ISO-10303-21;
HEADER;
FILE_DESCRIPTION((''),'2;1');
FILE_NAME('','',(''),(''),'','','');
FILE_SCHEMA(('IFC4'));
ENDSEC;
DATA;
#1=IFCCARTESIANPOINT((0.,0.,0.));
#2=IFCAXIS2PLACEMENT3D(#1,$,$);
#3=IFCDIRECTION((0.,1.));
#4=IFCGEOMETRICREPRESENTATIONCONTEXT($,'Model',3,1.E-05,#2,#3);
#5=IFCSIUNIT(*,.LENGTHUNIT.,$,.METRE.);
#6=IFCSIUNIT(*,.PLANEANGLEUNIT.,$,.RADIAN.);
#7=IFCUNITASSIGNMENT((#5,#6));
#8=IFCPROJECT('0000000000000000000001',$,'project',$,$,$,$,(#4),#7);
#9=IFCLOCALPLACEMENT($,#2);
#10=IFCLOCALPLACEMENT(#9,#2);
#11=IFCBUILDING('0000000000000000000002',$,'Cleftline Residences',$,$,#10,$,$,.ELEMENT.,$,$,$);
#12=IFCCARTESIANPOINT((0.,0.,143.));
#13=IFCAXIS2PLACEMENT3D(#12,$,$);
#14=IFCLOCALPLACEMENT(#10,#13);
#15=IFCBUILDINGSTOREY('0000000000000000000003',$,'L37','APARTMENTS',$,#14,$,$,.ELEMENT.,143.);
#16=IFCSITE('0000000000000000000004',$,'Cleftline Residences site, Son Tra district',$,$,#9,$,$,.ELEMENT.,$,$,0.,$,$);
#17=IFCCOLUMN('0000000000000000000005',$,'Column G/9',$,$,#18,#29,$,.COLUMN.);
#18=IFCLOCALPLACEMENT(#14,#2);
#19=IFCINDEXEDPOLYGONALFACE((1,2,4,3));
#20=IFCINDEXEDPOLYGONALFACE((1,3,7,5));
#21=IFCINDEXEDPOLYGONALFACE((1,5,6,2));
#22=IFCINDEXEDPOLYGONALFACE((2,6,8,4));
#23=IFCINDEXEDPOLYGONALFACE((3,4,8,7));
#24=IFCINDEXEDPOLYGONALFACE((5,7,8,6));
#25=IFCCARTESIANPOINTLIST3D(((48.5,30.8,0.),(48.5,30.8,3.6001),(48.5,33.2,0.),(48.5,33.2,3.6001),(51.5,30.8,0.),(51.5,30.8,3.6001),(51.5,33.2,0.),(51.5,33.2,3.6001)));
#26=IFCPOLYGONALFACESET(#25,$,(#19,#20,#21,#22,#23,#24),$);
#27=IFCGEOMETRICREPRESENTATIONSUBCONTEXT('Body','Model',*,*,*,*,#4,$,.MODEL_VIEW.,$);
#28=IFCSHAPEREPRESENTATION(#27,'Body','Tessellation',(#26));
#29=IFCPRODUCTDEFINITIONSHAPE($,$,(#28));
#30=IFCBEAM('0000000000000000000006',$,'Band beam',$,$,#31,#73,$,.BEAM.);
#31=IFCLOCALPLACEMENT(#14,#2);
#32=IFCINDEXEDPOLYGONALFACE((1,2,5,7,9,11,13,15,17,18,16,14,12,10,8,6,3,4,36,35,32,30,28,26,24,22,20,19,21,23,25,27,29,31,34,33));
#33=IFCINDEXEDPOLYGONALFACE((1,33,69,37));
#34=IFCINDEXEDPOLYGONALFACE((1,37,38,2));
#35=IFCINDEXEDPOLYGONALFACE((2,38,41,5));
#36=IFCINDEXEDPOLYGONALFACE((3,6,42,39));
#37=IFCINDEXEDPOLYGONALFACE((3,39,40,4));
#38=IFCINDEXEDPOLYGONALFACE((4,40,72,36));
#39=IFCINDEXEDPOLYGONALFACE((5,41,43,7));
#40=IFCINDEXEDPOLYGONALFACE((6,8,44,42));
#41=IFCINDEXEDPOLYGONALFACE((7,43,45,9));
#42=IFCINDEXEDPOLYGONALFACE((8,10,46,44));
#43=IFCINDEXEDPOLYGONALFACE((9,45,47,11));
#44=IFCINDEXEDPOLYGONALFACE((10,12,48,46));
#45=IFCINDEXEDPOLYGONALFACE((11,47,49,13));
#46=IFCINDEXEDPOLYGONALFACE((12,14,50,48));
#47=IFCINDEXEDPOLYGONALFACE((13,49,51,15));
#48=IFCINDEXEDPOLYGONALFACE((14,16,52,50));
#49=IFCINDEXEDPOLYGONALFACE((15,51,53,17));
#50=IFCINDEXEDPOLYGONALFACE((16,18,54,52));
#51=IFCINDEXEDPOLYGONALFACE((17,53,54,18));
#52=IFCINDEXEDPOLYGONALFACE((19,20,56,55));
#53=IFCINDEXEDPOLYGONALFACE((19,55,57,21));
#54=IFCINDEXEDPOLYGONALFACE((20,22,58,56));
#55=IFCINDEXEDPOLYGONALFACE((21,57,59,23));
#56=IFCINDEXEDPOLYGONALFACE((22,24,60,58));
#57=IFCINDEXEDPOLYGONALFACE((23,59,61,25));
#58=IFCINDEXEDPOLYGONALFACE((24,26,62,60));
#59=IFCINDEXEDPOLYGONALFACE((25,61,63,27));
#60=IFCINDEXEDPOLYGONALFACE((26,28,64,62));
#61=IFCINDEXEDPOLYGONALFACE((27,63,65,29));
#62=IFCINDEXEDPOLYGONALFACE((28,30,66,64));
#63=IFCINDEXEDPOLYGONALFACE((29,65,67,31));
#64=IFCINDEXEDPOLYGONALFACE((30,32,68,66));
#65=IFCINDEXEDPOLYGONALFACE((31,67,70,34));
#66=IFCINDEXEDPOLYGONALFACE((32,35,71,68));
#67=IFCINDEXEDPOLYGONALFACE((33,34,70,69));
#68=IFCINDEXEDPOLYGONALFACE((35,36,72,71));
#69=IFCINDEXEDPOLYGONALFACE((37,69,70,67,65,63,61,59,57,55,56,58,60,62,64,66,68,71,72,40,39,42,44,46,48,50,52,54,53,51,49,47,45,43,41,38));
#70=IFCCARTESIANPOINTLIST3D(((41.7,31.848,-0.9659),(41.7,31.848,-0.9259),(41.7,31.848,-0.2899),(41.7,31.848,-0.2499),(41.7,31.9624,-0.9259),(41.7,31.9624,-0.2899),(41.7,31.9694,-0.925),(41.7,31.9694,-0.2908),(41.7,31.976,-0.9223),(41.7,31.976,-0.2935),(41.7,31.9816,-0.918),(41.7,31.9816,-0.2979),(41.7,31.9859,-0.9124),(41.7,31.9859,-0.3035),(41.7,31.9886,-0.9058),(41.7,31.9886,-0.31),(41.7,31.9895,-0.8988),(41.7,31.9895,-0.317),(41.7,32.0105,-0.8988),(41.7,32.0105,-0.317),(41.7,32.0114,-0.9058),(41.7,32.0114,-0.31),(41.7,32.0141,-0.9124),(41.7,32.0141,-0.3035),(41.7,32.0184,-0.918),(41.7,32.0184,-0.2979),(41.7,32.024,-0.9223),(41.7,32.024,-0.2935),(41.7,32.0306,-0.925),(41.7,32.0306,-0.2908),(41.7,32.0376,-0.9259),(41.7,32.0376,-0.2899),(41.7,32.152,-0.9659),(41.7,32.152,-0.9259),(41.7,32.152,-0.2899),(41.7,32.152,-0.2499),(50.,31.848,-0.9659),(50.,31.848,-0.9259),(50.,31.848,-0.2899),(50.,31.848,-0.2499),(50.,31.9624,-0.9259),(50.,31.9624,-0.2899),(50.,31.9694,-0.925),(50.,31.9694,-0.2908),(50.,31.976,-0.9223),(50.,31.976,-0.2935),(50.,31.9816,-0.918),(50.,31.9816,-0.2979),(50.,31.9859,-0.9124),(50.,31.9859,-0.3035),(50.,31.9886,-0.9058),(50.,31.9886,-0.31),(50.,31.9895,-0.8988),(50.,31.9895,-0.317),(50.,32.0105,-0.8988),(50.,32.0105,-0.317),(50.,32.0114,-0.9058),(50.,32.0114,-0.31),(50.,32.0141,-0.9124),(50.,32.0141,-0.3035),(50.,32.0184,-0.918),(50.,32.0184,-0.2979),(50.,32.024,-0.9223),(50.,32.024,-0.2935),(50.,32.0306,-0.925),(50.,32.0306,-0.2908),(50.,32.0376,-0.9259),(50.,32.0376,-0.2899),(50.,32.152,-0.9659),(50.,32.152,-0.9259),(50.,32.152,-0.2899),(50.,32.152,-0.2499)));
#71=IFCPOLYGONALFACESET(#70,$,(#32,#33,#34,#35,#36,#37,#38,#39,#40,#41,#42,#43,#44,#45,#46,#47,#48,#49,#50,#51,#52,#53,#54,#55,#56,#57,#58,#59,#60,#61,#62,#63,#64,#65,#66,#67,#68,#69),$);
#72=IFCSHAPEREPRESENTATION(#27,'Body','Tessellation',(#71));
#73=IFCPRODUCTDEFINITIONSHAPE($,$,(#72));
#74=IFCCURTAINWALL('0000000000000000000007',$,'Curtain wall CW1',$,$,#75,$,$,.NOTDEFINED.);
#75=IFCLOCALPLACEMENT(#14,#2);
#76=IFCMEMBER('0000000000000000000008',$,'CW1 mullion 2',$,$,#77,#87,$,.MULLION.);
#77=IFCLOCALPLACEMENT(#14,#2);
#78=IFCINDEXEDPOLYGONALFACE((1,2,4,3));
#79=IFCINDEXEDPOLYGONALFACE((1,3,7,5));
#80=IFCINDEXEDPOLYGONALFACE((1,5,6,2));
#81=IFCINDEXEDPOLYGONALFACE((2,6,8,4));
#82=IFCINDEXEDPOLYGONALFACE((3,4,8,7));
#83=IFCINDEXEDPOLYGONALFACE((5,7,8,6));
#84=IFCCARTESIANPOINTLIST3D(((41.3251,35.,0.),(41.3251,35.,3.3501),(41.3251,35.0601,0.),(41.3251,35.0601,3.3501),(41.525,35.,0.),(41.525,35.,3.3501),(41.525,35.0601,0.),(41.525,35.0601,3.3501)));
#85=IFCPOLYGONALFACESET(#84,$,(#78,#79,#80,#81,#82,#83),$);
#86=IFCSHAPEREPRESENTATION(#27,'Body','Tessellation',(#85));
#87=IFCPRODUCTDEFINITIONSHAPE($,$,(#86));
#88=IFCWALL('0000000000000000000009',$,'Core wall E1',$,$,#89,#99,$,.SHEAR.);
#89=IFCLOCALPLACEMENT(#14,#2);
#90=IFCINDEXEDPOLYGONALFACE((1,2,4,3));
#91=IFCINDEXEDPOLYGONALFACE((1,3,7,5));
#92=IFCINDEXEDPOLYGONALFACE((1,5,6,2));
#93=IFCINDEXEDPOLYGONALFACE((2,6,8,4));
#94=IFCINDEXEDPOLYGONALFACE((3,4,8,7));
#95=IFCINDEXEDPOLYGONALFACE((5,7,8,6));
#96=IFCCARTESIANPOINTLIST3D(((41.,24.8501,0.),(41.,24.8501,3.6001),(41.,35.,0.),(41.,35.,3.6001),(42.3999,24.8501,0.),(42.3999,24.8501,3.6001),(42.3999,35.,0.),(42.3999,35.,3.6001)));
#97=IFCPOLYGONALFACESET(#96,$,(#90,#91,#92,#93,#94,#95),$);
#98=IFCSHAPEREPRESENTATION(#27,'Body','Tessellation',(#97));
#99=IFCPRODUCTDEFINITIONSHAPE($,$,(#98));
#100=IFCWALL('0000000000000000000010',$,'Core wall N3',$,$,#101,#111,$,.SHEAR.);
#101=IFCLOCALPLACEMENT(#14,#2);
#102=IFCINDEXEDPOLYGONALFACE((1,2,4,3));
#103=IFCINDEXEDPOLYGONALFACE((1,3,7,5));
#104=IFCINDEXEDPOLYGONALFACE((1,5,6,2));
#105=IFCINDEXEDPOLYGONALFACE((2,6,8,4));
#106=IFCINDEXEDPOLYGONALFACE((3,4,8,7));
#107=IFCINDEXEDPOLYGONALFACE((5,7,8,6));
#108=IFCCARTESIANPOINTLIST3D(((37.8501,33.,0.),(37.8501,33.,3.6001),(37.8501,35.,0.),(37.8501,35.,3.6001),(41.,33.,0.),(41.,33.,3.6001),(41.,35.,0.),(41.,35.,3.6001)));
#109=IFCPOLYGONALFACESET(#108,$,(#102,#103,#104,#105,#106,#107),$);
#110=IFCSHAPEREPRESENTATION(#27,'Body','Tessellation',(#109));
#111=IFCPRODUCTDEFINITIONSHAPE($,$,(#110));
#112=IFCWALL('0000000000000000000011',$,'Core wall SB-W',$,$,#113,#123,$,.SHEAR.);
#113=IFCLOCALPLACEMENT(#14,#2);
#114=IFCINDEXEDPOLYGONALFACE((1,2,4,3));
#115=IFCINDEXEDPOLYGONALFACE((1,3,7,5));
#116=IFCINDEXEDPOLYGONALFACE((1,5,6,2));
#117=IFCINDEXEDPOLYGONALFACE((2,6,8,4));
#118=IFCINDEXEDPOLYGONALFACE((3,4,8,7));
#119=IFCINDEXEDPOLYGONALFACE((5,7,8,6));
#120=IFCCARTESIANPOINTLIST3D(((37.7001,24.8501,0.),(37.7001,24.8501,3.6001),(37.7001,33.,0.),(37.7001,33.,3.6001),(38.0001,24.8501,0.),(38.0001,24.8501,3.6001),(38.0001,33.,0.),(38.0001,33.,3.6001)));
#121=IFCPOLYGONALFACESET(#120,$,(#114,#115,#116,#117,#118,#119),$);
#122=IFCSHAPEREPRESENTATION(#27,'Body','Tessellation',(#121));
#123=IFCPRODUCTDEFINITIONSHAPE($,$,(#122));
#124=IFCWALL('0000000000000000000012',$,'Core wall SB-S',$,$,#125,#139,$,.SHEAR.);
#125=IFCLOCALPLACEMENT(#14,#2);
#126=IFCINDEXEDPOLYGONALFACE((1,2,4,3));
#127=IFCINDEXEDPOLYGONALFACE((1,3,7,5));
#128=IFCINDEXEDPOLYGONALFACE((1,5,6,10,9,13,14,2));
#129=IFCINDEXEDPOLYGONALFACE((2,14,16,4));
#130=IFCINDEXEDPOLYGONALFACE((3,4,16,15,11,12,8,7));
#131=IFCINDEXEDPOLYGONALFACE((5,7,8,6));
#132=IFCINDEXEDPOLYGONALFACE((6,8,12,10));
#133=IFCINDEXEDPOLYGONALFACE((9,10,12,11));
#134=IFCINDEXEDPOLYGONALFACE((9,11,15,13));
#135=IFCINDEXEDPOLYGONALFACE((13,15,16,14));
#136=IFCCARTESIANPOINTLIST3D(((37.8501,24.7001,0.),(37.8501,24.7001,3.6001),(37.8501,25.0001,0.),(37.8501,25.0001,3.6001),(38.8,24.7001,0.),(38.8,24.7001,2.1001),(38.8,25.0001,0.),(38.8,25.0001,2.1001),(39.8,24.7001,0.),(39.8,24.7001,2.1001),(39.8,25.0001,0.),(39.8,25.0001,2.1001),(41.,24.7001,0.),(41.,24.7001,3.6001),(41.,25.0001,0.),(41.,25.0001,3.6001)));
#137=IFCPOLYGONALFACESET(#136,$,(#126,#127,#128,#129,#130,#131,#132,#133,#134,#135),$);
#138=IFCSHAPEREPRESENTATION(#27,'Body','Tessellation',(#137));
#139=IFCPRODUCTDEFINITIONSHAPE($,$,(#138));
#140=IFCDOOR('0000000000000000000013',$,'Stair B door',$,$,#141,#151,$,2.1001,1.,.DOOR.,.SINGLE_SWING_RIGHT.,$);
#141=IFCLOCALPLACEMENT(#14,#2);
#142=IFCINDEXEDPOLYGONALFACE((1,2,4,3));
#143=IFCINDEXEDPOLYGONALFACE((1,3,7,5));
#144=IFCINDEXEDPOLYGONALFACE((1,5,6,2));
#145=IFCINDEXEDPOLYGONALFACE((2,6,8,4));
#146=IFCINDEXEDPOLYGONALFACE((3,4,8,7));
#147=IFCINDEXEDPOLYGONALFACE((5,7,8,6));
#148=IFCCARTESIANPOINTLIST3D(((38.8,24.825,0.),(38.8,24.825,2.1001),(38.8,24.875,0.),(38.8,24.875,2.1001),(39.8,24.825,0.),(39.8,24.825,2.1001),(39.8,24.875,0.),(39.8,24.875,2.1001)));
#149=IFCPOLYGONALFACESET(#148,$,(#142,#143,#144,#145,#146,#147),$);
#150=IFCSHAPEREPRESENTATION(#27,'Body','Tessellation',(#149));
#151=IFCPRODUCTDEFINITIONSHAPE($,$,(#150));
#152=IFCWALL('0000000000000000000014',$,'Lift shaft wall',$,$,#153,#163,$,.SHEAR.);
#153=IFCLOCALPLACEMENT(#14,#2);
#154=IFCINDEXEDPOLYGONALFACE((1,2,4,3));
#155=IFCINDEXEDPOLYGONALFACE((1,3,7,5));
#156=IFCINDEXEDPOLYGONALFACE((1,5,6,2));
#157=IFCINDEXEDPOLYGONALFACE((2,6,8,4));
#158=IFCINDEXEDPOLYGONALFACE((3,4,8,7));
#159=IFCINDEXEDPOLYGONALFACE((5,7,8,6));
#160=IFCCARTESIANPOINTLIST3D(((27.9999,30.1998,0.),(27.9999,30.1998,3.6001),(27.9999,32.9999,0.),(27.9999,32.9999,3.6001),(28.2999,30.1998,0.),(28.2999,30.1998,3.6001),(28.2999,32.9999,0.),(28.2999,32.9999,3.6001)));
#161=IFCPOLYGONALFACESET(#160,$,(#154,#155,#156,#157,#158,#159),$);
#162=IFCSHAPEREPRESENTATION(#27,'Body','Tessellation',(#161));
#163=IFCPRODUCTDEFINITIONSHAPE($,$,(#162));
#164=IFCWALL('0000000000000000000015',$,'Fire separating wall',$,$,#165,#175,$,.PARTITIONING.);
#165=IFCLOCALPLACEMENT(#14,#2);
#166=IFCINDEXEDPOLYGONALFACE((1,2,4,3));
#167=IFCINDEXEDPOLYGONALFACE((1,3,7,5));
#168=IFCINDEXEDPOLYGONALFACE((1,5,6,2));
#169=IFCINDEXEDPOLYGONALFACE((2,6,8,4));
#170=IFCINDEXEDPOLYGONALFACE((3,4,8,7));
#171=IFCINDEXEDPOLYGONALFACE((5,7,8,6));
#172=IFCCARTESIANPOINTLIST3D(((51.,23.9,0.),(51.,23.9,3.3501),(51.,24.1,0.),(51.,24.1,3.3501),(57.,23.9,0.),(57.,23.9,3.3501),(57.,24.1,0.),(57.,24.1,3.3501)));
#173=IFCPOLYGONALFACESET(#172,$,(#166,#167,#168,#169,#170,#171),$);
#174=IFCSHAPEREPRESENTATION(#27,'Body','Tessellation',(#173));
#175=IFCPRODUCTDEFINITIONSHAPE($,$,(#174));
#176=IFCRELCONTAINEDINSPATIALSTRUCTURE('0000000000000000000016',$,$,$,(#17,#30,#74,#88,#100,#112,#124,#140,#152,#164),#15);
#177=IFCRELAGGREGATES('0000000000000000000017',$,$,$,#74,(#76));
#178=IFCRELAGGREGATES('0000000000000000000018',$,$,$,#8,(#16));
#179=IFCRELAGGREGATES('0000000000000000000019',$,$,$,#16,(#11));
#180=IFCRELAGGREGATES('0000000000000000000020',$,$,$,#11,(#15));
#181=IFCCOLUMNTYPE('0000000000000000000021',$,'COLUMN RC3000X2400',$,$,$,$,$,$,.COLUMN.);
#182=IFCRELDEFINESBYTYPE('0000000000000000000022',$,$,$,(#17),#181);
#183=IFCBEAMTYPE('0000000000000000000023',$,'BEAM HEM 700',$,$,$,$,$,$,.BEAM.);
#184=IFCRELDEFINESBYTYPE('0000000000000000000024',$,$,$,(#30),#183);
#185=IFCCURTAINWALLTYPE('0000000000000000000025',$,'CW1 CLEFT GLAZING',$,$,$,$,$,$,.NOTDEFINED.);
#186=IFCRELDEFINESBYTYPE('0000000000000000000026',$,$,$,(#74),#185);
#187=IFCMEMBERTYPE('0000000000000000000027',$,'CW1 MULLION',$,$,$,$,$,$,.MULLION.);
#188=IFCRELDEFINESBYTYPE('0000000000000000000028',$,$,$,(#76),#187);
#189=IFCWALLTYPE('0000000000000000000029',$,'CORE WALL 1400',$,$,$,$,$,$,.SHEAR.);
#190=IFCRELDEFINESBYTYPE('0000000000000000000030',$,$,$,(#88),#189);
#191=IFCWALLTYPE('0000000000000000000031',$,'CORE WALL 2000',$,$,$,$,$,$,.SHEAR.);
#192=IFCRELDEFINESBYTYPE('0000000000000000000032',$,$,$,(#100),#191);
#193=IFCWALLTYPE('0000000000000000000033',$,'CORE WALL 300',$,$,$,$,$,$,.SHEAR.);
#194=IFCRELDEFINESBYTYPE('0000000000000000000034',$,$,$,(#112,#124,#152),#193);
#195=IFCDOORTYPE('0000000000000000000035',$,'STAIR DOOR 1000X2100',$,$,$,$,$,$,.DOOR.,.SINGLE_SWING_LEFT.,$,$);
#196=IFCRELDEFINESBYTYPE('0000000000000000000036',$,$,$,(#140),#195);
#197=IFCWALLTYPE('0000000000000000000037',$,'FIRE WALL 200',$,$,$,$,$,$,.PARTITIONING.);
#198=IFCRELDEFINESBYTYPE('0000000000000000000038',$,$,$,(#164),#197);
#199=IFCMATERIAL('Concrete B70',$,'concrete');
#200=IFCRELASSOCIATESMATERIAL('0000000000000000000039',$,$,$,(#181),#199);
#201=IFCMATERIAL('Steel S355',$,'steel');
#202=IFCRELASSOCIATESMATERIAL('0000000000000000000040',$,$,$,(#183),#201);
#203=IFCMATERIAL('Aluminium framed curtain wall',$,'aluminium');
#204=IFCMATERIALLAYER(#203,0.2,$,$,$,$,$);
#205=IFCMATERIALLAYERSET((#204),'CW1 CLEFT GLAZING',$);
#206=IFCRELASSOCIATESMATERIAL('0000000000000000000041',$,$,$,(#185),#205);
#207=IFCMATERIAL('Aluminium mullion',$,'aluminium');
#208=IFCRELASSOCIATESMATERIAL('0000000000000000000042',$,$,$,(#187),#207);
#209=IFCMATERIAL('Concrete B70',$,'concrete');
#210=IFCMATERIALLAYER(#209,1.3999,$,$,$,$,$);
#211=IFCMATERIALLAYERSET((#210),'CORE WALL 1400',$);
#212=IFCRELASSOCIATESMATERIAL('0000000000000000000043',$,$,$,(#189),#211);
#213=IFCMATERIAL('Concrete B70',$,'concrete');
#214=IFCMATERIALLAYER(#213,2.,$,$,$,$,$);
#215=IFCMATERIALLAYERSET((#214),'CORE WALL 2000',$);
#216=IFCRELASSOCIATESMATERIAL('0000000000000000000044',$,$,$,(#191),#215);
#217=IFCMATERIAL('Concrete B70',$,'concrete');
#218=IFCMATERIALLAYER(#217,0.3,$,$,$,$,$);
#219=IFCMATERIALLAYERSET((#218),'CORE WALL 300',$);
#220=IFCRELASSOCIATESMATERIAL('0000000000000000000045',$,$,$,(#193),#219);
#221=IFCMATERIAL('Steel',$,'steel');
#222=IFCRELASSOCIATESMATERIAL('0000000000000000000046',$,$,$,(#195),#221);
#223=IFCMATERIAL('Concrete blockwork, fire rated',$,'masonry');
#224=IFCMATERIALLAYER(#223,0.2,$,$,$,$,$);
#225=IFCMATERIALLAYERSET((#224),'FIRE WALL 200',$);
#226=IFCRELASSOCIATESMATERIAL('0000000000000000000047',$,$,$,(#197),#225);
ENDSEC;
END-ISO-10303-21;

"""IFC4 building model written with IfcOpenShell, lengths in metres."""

from ifc_helpers import new_model, si_unit, direction, frame, frame_2d, origin, origin_2d, place, context, subcontext, project, spatial, rectangle, i_section, extrude, material, layer, layer_set, material_profile, profile_set, type_object, element, fill, aggregate, save


model = new_model("IFC4")

# Units and contexts
model_context = context("Model", 3, precision=1e-05, world=origin(), true_north=direction((0.0, 1.0)))
body_context = subcontext(model_context, "Body", "Model", "MODEL_VIEW")
ifc_project = project(units=[si_unit("LENGTHUNIT", "METRE"), si_unit("PLANEANGLEUNIT", "RADIAN")], contexts=[model_context])

# Site, building, storey
site_placement = place(None, origin())
site = spatial("IfcSite", under=ifc_project, at=site_placement, Name="Cleftline Residences site, Son Tra district", CompositionType="ELEMENT", RefElevation=0.0)
building_placement = place(site_placement, origin())
building = spatial("IfcBuilding", under=site, at=building_placement, Name="Cleftline Residences", CompositionType="ELEMENT")
storey_placement = place(building_placement, frame((0.0, 0.0, 143.0)))
storey = spatial("IfcBuildingStorey", under=building, at=storey_placement, Name="L37", Description="APARTMENTS", CompositionType="ELEMENT", Elevation=143.0)

# Column
ifc_material_1 = material(Name="Concrete B70", Category="concrete")
ifc_material_profile_1 = material_profile(ifc_material_1, rectangle(XDim=3.0, YDim=2.3999, at=origin_2d()))
ifc_profile_set_1 = profile_set([ifc_material_profile_1], Name="Concrete B70")
column_type = type_object("IfcColumnType", Name="COLUMN RC3000X2400", PredefinedType="COLUMN", material=ifc_profile_set_1)
column_placement = place(storey_placement, frame((50.0, 32.0, 0.0), z_axis=(0.0, 0.0, 1.0), x_axis=(1.0, 0.0, 0.0)))
element("IfcColumn", 1, at=column_placement, inside=storey, type_object=column_type, Name="Column G/9", PredefinedType="COLUMN", context=body_context, shape_type="SweptSolid", body=[
    extrude(rectangle(XDim=3.0, YDim=2.3999, at=origin_2d()), origin(), (0.0, 0.0, 1.0), 3.6001),
])

# Beam
ifc_material_2 = material(Name="Steel S355", Category="steel")
ifc_material_profile_2 = material_profile(ifc_material_2, i_section(OverallWidth=0.304, OverallDepth=0.7161, WebThickness=0.021, FlangeThickness=0.04, FilletRadius=0.0271, at=origin_2d()))
ifc_profile_set_2 = profile_set([ifc_material_profile_2], Name="Steel S355")
beam_type = type_object("IfcBeamType", Name="BEAM HEM 700", PredefinedType="BEAM", material=ifc_profile_set_2)
beam_placement = place(storey_placement, frame((50.0, 32.0, -0.6079), z_axis=(-1.0, 0.0, 0.0), x_axis=(0.0, -1.0, 0.0)))
element("IfcBeam", 2, at=beam_placement, inside=storey, type_object=beam_type, Name="Band beam", PredefinedType="BEAM", context=body_context, shape_type="SweptSolid", body=[
    extrude(i_section(OverallWidth=0.304, OverallDepth=0.7161, WebThickness=0.021, FlangeThickness=0.04, FilletRadius=0.0271, at=origin_2d()), origin(), (0.0, 0.0, 1.0), 8.3),
])

# Curtain wall, member
ifc_material_3 = material(Name="Aluminium framed curtain wall", Category="aluminium")
ifc_layer_1 = layer(ifc_material_3, 0.2)
ifc_layer_set_1 = layer_set([ifc_layer_1], Name="CW1 CLEFT GLAZING")
curtain_wall_type = type_object("IfcCurtainWallType", Name="CW1 CLEFT GLAZING", PredefinedType="NOTDEFINED", material=ifc_layer_set_1)
curtain_wall_placement = place(storey_placement, origin())
curtain_wall = element("IfcCurtainWall", 3, at=curtain_wall_placement, inside=storey, type_object=curtain_wall_type, Name="Curtain wall CW1", PredefinedType="NOTDEFINED")
ifc_material_4 = material(Name="Aluminium mullion", Category="aluminium")
ifc_material_profile_3 = material_profile(ifc_material_4, rectangle(XDim=0.2, YDim=0.0601, at=origin_2d()))
ifc_profile_set_3 = profile_set([ifc_material_profile_3], Name="Aluminium mullion")
member_type = type_object("IfcMemberType", Name="CW1 MULLION", PredefinedType="MULLION", material=ifc_profile_set_3)
member_placement = place(storey_placement, frame((41.425, 35.03, 0.0), z_axis=(0.0, 0.0, 1.0), x_axis=(1.0, 0.0, 0.0)))
member = element("IfcMember", 4, at=member_placement, type_object=member_type, Name="CW1 mullion 2", PredefinedType="MULLION", context=body_context, shape_type="SweptSolid", body=[
    extrude(rectangle(XDim=0.2, YDim=0.0601, at=origin_2d()), origin(), (0.0, 0.0, 1.0), 3.3501),
])
aggregate(curtain_wall, [member])

# Walls
ifc_material_5 = material(Name="Concrete B70", Category="concrete")
ifc_layer_2 = layer(ifc_material_5, 1.3999)
ifc_layer_set_2 = layer_set([ifc_layer_2], Name="CORE WALL 1400")
wall_type_1 = type_object("IfcWallType", Name="CORE WALL 1400", PredefinedType="SHEAR", material=ifc_layer_set_2)
wall_1_placement = place(storey_placement, frame((41.7, 24.8501, 0.0), z_axis=(0.0, 0.0, 1.0), x_axis=(0.0, 1.0, 0.0)))
element("IfcWall", 5, at=wall_1_placement, inside=storey, type_object=wall_type_1, Name="Core wall E1", PredefinedType="SHEAR", context=body_context, shape_type="SweptSolid", body=[
    extrude(rectangle(XDim=10.1499, YDim=1.3999, at=frame_2d((5.075, 0.0))), origin(), (0.0, 0.0, 1.0), 3.6001),
])
ifc_material_6 = material(Name="Concrete B70", Category="concrete")
ifc_layer_3 = layer(ifc_material_6, 2.0)
ifc_layer_set_3 = layer_set([ifc_layer_3], Name="CORE WALL 2000")
wall_type_2 = type_object("IfcWallType", Name="CORE WALL 2000", PredefinedType="SHEAR", material=ifc_layer_set_3)
wall_2_placement = place(storey_placement, frame((37.8501, 34.0, 0.0), z_axis=(0.0, 0.0, 1.0), x_axis=(1.0, 0.0, 0.0)))
element("IfcWall", 6, at=wall_2_placement, inside=storey, type_object=wall_type_2, Name="Core wall N3", PredefinedType="SHEAR", context=body_context, shape_type="SweptSolid", body=[
    extrude(rectangle(XDim=3.1499, YDim=2.0, at=frame_2d((1.575, 0.0))), origin(), (0.0, 0.0, 1.0), 3.6001),
])
ifc_material_7 = material(Name="Concrete B70", Category="concrete")
ifc_layer_4 = layer(ifc_material_7, 0.3)
ifc_layer_set_4 = layer_set([ifc_layer_4], Name="CORE WALL 300")
wall_type_3 = type_object("IfcWallType", Name="CORE WALL 300", PredefinedType="SHEAR", material=ifc_layer_set_4)
wall_3_placement = place(storey_placement, frame((37.8501, 24.8501, 0.0), z_axis=(0.0, 0.0, 1.0), x_axis=(0.0, 1.0, 0.0)))
element("IfcWall", 7, at=wall_3_placement, inside=storey, type_object=wall_type_3, Name="Core wall SB-W", PredefinedType="SHEAR", context=body_context, shape_type="SweptSolid", body=[
    extrude(rectangle(XDim=8.1499, YDim=0.3, at=frame_2d((4.075, 0.0))), origin(), (0.0, 0.0, 1.0), 3.6001),
])

# Wall, opening, door
wall_4_placement = place(storey_placement, frame((37.8501, 24.8501, 0.0), z_axis=(0.0, 0.0, 1.0), x_axis=(1.0, 0.0, 0.0)))
wall_4 = element("IfcWall", 8, at=wall_4_placement, inside=storey, type_object=wall_type_3, Name="Core wall SB-S", PredefinedType="SHEAR", context=body_context, shape_type="SweptSolid", body=[
    extrude(rectangle(XDim=3.1499, YDim=0.3, at=frame_2d((1.575, 0.0))), origin(), (0.0, 0.0, 1.0), 3.6001),
])
opening_1_placement = place(wall_4_placement, frame((0.95, 0.0, 0.0)))
opening_1 = element("IfcOpeningElement", 9, at=opening_1_placement, cuts=wall_4, PredefinedType="OPENING", context=body_context, shape_type="SweptSolid", body=[
    extrude(rectangle(XDim=1.0, YDim=2.1001, at=frame_2d((0.5, 1.05))), frame((0.0, 0.1599, 0.0), z_axis=(0.0, -1.0, 0.0), x_axis=(1.0, 0.0, 0.0)), (0.0, 0.0, 1.0), 0.3201),
])
ifc_material_8 = material(Name="Steel", Category="steel")
door_type_1 = type_object("IfcDoorType", Name="STAIR DOOR 1000X2100", OperationType="SINGLE_SWING_LEFT", PredefinedType="DOOR", material=ifc_material_8)
door_1_placement = place(opening_1_placement, origin())
door_1 = element("IfcDoor", 10, at=door_1_placement, inside=storey, type_object=door_type_1, Name="Stair B door", OperationType="SINGLE_SWING_RIGHT", OverallHeight=2.1001, OverallWidth=1.0, PredefinedType="DOOR", context=body_context, shape_type="SweptSolid", body=[
    extrude(rectangle(XDim=1.0, YDim=2.1001, at=frame_2d((0.5, 1.05))), frame((0.0, 0.0249, 0.0), z_axis=(0.0, -1.0, 0.0), x_axis=(1.0, 0.0, 0.0)), (0.0, 0.0, 1.0), 0.05),
])
fill(opening_1, door_1)

# Walls
wall_5_placement = place(storey_placement, frame((28.1499, 30.2, 0.0), z_axis=(0.0, 0.0, 1.0), x_axis=(0.0, 1.0, 0.0)))
element("IfcWall", 11, at=wall_5_placement, inside=storey, type_object=wall_type_3, Name="Lift shaft wall", PredefinedType="SHEAR", context=body_context, shape_type="SweptSolid", body=[
    extrude(rectangle(XDim=2.8, YDim=0.3, at=frame_2d((1.3999, 0.0))), origin(), (0.0, 0.0, 1.0), 3.6001),
])
ifc_material_9 = material(Name="Concrete blockwork, fire rated", Category="masonry")
ifc_layer_5 = layer(ifc_material_9, 0.2)
ifc_layer_set_5 = layer_set([ifc_layer_5], Name="FIRE WALL 200")
wall_type_4 = type_object("IfcWallType", Name="FIRE WALL 200", PredefinedType="PARTITIONING", material=ifc_layer_set_5)
wall_6_placement = place(storey_placement, frame((51.0, 24.0, 0.0), z_axis=(0.0, 0.0, 1.0), x_axis=(1.0, 0.0, 0.0)))
element("IfcWall", 12, at=wall_6_placement, inside=storey, type_object=wall_type_4, Name="Fire separating wall", PredefinedType="PARTITIONING", context=body_context, shape_type="SweptSolid", body=[
    extrude(rectangle(XDim=6.0, YDim=0.2, at=frame_2d((3.0, 0.0))), origin(), (0.0, 0.0, 1.0), 3.3501),
])

save(model, "model.ifc")
